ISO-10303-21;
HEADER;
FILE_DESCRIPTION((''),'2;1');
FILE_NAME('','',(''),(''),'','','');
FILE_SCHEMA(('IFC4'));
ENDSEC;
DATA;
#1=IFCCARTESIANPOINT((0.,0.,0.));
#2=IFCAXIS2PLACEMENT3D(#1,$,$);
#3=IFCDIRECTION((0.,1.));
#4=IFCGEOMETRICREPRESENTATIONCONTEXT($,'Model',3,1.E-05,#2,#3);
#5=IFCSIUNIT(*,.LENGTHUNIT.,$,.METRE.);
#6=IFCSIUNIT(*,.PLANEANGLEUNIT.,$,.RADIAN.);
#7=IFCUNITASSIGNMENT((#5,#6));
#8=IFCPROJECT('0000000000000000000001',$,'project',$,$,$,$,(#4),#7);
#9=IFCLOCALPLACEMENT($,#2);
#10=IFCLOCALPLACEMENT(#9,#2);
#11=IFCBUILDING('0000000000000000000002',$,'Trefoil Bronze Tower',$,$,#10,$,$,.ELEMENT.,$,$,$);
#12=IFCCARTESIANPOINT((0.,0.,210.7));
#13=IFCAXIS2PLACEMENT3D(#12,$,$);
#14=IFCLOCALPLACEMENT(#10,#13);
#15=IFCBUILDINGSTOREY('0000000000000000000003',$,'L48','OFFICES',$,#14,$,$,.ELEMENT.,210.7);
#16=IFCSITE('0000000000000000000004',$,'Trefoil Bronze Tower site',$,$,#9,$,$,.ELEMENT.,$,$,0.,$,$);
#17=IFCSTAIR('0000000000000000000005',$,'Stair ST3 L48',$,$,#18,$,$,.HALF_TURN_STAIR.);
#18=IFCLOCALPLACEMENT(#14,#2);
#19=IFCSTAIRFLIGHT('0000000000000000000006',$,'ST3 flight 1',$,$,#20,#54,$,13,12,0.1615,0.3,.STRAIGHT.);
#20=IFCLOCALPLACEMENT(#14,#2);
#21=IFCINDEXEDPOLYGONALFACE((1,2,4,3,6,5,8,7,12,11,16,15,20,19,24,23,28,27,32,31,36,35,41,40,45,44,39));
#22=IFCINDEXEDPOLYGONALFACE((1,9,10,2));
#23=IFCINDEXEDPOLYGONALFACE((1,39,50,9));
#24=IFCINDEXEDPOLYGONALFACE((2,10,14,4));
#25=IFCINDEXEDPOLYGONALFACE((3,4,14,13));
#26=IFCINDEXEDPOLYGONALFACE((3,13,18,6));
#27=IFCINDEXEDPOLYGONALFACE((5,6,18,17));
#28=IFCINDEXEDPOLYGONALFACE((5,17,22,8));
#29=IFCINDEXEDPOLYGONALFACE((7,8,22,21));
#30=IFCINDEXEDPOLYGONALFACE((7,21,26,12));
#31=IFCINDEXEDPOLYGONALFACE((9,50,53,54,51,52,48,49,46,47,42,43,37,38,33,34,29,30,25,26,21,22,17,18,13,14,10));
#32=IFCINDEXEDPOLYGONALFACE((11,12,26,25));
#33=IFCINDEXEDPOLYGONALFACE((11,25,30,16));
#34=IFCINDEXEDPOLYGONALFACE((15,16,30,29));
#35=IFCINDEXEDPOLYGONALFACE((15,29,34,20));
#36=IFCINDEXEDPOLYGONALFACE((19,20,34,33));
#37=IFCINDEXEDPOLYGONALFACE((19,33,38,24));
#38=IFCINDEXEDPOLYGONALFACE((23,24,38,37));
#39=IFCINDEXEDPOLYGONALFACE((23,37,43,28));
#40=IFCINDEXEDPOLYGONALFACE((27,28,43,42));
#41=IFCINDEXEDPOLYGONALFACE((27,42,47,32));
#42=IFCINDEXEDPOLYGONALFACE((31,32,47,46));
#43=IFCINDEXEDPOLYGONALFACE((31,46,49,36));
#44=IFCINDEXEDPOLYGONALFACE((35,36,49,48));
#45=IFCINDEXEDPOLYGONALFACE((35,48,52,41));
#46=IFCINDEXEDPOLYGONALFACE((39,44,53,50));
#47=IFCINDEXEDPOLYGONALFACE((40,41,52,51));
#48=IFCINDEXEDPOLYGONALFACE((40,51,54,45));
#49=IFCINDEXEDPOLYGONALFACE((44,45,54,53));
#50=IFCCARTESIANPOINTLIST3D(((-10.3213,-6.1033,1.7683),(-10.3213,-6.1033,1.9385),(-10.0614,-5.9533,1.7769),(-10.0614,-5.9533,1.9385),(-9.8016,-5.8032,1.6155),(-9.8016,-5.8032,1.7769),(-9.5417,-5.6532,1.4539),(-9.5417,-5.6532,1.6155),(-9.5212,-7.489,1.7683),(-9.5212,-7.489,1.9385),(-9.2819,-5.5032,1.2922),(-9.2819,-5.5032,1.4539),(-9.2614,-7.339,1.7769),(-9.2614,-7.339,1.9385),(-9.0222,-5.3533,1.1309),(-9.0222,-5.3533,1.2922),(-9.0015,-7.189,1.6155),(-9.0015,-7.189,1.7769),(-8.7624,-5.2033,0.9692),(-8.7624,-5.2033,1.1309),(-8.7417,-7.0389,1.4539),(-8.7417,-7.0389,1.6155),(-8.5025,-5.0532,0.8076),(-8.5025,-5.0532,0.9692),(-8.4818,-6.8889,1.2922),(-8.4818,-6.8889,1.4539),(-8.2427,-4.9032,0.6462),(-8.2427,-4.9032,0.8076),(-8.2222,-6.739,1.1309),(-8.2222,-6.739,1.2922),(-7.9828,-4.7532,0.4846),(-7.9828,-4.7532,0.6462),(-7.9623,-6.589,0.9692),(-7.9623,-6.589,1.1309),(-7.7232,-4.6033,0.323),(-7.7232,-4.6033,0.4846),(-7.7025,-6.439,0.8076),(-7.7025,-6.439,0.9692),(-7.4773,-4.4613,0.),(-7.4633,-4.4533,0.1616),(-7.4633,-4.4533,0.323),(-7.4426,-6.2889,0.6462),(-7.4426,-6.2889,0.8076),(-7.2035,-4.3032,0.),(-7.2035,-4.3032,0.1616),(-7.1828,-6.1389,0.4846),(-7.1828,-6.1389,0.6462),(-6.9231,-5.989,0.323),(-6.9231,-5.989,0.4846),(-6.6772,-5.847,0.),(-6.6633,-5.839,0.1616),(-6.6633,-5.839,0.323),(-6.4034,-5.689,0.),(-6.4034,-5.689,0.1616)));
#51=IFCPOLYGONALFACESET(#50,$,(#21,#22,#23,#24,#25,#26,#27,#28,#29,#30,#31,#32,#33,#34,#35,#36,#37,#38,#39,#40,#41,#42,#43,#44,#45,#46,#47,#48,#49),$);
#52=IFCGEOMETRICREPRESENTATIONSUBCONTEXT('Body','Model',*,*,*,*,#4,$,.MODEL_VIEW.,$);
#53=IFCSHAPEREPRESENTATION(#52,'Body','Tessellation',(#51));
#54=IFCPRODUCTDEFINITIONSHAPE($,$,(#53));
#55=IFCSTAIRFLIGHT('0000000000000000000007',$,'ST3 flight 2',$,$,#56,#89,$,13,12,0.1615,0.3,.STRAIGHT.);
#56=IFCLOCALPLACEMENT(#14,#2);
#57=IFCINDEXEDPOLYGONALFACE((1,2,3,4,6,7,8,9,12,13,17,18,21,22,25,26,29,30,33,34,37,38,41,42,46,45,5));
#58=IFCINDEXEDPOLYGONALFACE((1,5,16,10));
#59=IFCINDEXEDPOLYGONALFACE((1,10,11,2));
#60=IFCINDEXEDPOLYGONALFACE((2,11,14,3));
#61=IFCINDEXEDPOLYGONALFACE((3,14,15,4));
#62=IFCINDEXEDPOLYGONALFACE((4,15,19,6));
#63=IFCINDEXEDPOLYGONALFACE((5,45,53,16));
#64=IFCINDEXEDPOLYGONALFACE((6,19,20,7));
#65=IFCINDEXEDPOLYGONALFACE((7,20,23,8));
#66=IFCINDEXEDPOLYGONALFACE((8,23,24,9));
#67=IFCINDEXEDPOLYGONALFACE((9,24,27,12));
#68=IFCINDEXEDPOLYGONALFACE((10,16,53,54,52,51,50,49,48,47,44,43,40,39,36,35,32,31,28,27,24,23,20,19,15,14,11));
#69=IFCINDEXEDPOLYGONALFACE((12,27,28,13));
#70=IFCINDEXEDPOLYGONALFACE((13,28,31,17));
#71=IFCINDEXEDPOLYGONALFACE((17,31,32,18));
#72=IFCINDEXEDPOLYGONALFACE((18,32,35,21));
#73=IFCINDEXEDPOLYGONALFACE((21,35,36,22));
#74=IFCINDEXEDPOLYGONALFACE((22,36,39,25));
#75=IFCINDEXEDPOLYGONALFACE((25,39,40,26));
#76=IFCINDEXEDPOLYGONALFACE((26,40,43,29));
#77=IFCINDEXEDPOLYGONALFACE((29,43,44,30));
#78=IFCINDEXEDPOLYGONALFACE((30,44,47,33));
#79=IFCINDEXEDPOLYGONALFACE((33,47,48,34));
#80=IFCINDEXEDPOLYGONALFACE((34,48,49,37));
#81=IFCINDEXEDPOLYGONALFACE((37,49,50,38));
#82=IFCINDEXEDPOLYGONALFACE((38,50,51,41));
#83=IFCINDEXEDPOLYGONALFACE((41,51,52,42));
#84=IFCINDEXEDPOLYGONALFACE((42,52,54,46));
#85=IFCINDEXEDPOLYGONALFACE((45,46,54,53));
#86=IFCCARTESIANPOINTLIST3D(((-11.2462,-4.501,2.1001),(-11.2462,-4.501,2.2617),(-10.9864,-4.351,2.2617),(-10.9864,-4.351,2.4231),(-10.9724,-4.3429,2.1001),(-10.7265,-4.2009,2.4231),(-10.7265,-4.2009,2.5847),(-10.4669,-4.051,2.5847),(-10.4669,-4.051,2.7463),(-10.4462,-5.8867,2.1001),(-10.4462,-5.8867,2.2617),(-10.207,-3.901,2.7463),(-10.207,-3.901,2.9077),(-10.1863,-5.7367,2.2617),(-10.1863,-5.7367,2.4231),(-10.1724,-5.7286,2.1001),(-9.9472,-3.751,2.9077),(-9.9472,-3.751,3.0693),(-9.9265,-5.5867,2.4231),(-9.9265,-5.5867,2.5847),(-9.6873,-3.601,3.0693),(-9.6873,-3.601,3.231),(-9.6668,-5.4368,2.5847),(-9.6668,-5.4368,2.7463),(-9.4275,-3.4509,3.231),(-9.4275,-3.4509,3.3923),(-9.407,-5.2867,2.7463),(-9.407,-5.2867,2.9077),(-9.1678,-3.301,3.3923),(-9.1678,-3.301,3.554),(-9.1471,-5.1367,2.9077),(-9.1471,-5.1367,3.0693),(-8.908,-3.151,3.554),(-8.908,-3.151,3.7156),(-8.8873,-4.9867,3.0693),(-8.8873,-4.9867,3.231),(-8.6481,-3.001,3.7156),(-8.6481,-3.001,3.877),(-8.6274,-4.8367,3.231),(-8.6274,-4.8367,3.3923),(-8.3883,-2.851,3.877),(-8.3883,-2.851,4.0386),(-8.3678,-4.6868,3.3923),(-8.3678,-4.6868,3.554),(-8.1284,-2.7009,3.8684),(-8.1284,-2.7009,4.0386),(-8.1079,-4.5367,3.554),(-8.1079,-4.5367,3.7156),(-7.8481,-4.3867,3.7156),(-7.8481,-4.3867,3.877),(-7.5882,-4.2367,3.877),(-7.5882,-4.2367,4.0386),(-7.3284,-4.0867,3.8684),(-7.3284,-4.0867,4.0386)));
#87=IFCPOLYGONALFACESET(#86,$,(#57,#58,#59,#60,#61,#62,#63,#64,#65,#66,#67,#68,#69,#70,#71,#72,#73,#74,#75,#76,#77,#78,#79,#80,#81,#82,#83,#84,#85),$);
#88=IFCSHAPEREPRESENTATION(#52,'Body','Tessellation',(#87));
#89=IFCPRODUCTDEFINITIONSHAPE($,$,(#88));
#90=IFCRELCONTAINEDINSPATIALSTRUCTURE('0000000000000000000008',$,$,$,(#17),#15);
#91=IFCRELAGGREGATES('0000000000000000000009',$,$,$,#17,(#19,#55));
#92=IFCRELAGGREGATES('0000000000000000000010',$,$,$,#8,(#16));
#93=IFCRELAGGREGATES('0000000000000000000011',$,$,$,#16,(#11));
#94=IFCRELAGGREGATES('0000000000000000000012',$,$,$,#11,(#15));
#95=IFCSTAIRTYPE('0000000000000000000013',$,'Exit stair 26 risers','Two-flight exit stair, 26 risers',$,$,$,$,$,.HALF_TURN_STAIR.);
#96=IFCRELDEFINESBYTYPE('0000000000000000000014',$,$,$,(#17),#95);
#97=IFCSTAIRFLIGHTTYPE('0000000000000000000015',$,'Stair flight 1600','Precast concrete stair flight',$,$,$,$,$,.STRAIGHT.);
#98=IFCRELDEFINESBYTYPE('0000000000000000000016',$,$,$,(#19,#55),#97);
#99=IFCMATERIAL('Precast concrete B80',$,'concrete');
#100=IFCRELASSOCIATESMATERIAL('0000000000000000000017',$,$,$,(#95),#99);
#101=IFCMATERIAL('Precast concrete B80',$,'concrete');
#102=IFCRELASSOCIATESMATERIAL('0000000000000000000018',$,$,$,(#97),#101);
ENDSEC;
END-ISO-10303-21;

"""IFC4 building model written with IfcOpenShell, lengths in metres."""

from ifc_helpers import new_model, si_unit, direction, frame, origin, place, context, subcontext, project, spatial, polyline, outline, extrude, material, type_object, element, aggregate, save


model = new_model("IFC4")

# Units and contexts
model_context = context("Model", 3, precision=1e-05, world=origin(), true_north=direction((0.0, 1.0)))
body_context = subcontext(model_context, "Body", "Model", "MODEL_VIEW")
ifc_project = project(units=[si_unit("LENGTHUNIT", "METRE"), si_unit("PLANEANGLEUNIT", "RADIAN")], contexts=[model_context])

# Site, building, storey
site_placement = place(None, origin())
site = spatial("IfcSite", under=ifc_project, at=site_placement, Name="Trefoil Bronze Tower site", CompositionType="ELEMENT", RefElevation=0.0)
building_placement = place(site_placement, origin())
building = spatial("IfcBuilding", under=site, at=building_placement, Name="Trefoil Bronze Tower", CompositionType="ELEMENT")
storey_placement = place(building_placement, frame((0.0, 0.0, 210.7)))
storey = spatial("IfcBuildingStorey", under=building, at=storey_placement, Name="L48", Description="OFFICES", CompositionType="ELEMENT", Elevation=210.7)

# Stair, stair flights
ifc_material_1 = material(Name="Precast concrete B80", Category="concrete")
stair_type = type_object("IfcStairType", Name="Exit stair 26 risers", Description="Two-flight exit stair, 26 risers", PredefinedType="HALF_TURN_STAIR", material=ifc_material_1)
stair_placement = place(storey_placement, origin())
stair = element("IfcStair", 1, at=stair_placement, inside=storey, type_object=stair_type, Name="Stair ST3 L48", PredefinedType="HALF_TURN_STAIR")
ifc_material_2 = material(Name="Precast concrete B80", Category="concrete")
stair_flight_type = type_object("IfcStairFlightType", Name="Stair flight 1600", Description="Precast concrete stair flight", PredefinedType="STRAIGHT", material=ifc_material_2)
stair_flight_1_placement = place(storey_placement, frame((-6.8035, -4.9961, 0.0), z_axis=(0.0, 0.0, 1.0), x_axis=(-0.866025, -0.5, 0.0)))
stair_flight_1 = element("IfcStairFlight", 2, at=stair_flight_1_placement, type_object=stair_flight_type, Name="ST3 flight 1", NumberOfRisers=13, NumberOfTreads=12, PredefinedType="STRAIGHT", RiserHeight=0.1615, TreadLength=0.3, context=body_context, shape_type="SweptSolid", body=[
    extrude(outline(polyline([(0.0, 0.0), (0.0, 0.1616), (0.3, 0.1616), (0.3, 0.323), (0.6001, 0.323), (0.6001, 0.4846), (0.8999, 0.4846), (0.8999, 0.6462), (1.2, 0.6462), (1.2, 0.8076), (1.5, 0.8076), (1.5, 0.9692), (1.8, 0.9692), (1.8, 1.1309), (2.1001, 1.1309), (2.1001, 1.2922), (2.3999, 1.2922), (2.3999, 1.4539), (2.7, 1.4539), (2.7, 1.6155), (3.0, 1.6155), (3.0, 1.7769), (3.3, 1.7769), (3.3, 1.9385), (3.6001, 1.9385), (3.6001, 2.1001), (3.6001, 1.7683), (0.3162, 0.0), (0.0, 0.0)])), frame((0.0, 0.8, 0.0), z_axis=(0.0, -1.0, 0.0), x_axis=(1.0, 0.0, 0.0)), (0.0, 0.0, 1.0), 1.6001),
])
stair_flight_2_placement = place(storey_placement, frame((-10.8462, -5.1938, 2.1001), z_axis=(0.0, 0.0, 1.0), x_axis=(0.866025, 0.5, 0.0)))
stair_flight_2 = element("IfcStairFlight", 3, at=stair_flight_2_placement, type_object=stair_flight_type, Name="ST3 flight 2", NumberOfRisers=13, NumberOfTreads=12, PredefinedType="STRAIGHT", RiserHeight=0.1615, TreadLength=0.3, context=body_context, shape_type="SweptSolid", body=[
    extrude(outline(polyline([(0.0, 0.0), (0.0, 0.1616), (0.3, 0.1616), (0.3, 0.323), (0.6001, 0.323), (0.6001, 0.4846), (0.8999, 0.4846), (0.8999, 0.6462), (1.2, 0.6462), (1.2, 0.8076), (1.5, 0.8076), (1.5, 0.9692), (1.8, 0.9692), (1.8, 1.1309), (2.1001, 1.1309), (2.1001, 1.2922), (2.3999, 1.2922), (2.3999, 1.4539), (2.7, 1.4539), (2.7, 1.6155), (3.0, 1.6155), (3.0, 1.7769), (3.3, 1.7769), (3.3, 1.9385), (3.6001, 1.9385), (3.6001, 2.1001), (3.6001, 1.7683), (0.3162, 0.0), (0.0, 0.0)])), frame((0.0, 0.8, 0.0), z_axis=(0.0, -1.0, 0.0), x_axis=(1.0, 0.0, 0.0)), (0.0, 0.0, 1.0), 1.6001),
])
aggregate(stair, [stair_flight_1, stair_flight_2])

save(model, "model.ifc")
